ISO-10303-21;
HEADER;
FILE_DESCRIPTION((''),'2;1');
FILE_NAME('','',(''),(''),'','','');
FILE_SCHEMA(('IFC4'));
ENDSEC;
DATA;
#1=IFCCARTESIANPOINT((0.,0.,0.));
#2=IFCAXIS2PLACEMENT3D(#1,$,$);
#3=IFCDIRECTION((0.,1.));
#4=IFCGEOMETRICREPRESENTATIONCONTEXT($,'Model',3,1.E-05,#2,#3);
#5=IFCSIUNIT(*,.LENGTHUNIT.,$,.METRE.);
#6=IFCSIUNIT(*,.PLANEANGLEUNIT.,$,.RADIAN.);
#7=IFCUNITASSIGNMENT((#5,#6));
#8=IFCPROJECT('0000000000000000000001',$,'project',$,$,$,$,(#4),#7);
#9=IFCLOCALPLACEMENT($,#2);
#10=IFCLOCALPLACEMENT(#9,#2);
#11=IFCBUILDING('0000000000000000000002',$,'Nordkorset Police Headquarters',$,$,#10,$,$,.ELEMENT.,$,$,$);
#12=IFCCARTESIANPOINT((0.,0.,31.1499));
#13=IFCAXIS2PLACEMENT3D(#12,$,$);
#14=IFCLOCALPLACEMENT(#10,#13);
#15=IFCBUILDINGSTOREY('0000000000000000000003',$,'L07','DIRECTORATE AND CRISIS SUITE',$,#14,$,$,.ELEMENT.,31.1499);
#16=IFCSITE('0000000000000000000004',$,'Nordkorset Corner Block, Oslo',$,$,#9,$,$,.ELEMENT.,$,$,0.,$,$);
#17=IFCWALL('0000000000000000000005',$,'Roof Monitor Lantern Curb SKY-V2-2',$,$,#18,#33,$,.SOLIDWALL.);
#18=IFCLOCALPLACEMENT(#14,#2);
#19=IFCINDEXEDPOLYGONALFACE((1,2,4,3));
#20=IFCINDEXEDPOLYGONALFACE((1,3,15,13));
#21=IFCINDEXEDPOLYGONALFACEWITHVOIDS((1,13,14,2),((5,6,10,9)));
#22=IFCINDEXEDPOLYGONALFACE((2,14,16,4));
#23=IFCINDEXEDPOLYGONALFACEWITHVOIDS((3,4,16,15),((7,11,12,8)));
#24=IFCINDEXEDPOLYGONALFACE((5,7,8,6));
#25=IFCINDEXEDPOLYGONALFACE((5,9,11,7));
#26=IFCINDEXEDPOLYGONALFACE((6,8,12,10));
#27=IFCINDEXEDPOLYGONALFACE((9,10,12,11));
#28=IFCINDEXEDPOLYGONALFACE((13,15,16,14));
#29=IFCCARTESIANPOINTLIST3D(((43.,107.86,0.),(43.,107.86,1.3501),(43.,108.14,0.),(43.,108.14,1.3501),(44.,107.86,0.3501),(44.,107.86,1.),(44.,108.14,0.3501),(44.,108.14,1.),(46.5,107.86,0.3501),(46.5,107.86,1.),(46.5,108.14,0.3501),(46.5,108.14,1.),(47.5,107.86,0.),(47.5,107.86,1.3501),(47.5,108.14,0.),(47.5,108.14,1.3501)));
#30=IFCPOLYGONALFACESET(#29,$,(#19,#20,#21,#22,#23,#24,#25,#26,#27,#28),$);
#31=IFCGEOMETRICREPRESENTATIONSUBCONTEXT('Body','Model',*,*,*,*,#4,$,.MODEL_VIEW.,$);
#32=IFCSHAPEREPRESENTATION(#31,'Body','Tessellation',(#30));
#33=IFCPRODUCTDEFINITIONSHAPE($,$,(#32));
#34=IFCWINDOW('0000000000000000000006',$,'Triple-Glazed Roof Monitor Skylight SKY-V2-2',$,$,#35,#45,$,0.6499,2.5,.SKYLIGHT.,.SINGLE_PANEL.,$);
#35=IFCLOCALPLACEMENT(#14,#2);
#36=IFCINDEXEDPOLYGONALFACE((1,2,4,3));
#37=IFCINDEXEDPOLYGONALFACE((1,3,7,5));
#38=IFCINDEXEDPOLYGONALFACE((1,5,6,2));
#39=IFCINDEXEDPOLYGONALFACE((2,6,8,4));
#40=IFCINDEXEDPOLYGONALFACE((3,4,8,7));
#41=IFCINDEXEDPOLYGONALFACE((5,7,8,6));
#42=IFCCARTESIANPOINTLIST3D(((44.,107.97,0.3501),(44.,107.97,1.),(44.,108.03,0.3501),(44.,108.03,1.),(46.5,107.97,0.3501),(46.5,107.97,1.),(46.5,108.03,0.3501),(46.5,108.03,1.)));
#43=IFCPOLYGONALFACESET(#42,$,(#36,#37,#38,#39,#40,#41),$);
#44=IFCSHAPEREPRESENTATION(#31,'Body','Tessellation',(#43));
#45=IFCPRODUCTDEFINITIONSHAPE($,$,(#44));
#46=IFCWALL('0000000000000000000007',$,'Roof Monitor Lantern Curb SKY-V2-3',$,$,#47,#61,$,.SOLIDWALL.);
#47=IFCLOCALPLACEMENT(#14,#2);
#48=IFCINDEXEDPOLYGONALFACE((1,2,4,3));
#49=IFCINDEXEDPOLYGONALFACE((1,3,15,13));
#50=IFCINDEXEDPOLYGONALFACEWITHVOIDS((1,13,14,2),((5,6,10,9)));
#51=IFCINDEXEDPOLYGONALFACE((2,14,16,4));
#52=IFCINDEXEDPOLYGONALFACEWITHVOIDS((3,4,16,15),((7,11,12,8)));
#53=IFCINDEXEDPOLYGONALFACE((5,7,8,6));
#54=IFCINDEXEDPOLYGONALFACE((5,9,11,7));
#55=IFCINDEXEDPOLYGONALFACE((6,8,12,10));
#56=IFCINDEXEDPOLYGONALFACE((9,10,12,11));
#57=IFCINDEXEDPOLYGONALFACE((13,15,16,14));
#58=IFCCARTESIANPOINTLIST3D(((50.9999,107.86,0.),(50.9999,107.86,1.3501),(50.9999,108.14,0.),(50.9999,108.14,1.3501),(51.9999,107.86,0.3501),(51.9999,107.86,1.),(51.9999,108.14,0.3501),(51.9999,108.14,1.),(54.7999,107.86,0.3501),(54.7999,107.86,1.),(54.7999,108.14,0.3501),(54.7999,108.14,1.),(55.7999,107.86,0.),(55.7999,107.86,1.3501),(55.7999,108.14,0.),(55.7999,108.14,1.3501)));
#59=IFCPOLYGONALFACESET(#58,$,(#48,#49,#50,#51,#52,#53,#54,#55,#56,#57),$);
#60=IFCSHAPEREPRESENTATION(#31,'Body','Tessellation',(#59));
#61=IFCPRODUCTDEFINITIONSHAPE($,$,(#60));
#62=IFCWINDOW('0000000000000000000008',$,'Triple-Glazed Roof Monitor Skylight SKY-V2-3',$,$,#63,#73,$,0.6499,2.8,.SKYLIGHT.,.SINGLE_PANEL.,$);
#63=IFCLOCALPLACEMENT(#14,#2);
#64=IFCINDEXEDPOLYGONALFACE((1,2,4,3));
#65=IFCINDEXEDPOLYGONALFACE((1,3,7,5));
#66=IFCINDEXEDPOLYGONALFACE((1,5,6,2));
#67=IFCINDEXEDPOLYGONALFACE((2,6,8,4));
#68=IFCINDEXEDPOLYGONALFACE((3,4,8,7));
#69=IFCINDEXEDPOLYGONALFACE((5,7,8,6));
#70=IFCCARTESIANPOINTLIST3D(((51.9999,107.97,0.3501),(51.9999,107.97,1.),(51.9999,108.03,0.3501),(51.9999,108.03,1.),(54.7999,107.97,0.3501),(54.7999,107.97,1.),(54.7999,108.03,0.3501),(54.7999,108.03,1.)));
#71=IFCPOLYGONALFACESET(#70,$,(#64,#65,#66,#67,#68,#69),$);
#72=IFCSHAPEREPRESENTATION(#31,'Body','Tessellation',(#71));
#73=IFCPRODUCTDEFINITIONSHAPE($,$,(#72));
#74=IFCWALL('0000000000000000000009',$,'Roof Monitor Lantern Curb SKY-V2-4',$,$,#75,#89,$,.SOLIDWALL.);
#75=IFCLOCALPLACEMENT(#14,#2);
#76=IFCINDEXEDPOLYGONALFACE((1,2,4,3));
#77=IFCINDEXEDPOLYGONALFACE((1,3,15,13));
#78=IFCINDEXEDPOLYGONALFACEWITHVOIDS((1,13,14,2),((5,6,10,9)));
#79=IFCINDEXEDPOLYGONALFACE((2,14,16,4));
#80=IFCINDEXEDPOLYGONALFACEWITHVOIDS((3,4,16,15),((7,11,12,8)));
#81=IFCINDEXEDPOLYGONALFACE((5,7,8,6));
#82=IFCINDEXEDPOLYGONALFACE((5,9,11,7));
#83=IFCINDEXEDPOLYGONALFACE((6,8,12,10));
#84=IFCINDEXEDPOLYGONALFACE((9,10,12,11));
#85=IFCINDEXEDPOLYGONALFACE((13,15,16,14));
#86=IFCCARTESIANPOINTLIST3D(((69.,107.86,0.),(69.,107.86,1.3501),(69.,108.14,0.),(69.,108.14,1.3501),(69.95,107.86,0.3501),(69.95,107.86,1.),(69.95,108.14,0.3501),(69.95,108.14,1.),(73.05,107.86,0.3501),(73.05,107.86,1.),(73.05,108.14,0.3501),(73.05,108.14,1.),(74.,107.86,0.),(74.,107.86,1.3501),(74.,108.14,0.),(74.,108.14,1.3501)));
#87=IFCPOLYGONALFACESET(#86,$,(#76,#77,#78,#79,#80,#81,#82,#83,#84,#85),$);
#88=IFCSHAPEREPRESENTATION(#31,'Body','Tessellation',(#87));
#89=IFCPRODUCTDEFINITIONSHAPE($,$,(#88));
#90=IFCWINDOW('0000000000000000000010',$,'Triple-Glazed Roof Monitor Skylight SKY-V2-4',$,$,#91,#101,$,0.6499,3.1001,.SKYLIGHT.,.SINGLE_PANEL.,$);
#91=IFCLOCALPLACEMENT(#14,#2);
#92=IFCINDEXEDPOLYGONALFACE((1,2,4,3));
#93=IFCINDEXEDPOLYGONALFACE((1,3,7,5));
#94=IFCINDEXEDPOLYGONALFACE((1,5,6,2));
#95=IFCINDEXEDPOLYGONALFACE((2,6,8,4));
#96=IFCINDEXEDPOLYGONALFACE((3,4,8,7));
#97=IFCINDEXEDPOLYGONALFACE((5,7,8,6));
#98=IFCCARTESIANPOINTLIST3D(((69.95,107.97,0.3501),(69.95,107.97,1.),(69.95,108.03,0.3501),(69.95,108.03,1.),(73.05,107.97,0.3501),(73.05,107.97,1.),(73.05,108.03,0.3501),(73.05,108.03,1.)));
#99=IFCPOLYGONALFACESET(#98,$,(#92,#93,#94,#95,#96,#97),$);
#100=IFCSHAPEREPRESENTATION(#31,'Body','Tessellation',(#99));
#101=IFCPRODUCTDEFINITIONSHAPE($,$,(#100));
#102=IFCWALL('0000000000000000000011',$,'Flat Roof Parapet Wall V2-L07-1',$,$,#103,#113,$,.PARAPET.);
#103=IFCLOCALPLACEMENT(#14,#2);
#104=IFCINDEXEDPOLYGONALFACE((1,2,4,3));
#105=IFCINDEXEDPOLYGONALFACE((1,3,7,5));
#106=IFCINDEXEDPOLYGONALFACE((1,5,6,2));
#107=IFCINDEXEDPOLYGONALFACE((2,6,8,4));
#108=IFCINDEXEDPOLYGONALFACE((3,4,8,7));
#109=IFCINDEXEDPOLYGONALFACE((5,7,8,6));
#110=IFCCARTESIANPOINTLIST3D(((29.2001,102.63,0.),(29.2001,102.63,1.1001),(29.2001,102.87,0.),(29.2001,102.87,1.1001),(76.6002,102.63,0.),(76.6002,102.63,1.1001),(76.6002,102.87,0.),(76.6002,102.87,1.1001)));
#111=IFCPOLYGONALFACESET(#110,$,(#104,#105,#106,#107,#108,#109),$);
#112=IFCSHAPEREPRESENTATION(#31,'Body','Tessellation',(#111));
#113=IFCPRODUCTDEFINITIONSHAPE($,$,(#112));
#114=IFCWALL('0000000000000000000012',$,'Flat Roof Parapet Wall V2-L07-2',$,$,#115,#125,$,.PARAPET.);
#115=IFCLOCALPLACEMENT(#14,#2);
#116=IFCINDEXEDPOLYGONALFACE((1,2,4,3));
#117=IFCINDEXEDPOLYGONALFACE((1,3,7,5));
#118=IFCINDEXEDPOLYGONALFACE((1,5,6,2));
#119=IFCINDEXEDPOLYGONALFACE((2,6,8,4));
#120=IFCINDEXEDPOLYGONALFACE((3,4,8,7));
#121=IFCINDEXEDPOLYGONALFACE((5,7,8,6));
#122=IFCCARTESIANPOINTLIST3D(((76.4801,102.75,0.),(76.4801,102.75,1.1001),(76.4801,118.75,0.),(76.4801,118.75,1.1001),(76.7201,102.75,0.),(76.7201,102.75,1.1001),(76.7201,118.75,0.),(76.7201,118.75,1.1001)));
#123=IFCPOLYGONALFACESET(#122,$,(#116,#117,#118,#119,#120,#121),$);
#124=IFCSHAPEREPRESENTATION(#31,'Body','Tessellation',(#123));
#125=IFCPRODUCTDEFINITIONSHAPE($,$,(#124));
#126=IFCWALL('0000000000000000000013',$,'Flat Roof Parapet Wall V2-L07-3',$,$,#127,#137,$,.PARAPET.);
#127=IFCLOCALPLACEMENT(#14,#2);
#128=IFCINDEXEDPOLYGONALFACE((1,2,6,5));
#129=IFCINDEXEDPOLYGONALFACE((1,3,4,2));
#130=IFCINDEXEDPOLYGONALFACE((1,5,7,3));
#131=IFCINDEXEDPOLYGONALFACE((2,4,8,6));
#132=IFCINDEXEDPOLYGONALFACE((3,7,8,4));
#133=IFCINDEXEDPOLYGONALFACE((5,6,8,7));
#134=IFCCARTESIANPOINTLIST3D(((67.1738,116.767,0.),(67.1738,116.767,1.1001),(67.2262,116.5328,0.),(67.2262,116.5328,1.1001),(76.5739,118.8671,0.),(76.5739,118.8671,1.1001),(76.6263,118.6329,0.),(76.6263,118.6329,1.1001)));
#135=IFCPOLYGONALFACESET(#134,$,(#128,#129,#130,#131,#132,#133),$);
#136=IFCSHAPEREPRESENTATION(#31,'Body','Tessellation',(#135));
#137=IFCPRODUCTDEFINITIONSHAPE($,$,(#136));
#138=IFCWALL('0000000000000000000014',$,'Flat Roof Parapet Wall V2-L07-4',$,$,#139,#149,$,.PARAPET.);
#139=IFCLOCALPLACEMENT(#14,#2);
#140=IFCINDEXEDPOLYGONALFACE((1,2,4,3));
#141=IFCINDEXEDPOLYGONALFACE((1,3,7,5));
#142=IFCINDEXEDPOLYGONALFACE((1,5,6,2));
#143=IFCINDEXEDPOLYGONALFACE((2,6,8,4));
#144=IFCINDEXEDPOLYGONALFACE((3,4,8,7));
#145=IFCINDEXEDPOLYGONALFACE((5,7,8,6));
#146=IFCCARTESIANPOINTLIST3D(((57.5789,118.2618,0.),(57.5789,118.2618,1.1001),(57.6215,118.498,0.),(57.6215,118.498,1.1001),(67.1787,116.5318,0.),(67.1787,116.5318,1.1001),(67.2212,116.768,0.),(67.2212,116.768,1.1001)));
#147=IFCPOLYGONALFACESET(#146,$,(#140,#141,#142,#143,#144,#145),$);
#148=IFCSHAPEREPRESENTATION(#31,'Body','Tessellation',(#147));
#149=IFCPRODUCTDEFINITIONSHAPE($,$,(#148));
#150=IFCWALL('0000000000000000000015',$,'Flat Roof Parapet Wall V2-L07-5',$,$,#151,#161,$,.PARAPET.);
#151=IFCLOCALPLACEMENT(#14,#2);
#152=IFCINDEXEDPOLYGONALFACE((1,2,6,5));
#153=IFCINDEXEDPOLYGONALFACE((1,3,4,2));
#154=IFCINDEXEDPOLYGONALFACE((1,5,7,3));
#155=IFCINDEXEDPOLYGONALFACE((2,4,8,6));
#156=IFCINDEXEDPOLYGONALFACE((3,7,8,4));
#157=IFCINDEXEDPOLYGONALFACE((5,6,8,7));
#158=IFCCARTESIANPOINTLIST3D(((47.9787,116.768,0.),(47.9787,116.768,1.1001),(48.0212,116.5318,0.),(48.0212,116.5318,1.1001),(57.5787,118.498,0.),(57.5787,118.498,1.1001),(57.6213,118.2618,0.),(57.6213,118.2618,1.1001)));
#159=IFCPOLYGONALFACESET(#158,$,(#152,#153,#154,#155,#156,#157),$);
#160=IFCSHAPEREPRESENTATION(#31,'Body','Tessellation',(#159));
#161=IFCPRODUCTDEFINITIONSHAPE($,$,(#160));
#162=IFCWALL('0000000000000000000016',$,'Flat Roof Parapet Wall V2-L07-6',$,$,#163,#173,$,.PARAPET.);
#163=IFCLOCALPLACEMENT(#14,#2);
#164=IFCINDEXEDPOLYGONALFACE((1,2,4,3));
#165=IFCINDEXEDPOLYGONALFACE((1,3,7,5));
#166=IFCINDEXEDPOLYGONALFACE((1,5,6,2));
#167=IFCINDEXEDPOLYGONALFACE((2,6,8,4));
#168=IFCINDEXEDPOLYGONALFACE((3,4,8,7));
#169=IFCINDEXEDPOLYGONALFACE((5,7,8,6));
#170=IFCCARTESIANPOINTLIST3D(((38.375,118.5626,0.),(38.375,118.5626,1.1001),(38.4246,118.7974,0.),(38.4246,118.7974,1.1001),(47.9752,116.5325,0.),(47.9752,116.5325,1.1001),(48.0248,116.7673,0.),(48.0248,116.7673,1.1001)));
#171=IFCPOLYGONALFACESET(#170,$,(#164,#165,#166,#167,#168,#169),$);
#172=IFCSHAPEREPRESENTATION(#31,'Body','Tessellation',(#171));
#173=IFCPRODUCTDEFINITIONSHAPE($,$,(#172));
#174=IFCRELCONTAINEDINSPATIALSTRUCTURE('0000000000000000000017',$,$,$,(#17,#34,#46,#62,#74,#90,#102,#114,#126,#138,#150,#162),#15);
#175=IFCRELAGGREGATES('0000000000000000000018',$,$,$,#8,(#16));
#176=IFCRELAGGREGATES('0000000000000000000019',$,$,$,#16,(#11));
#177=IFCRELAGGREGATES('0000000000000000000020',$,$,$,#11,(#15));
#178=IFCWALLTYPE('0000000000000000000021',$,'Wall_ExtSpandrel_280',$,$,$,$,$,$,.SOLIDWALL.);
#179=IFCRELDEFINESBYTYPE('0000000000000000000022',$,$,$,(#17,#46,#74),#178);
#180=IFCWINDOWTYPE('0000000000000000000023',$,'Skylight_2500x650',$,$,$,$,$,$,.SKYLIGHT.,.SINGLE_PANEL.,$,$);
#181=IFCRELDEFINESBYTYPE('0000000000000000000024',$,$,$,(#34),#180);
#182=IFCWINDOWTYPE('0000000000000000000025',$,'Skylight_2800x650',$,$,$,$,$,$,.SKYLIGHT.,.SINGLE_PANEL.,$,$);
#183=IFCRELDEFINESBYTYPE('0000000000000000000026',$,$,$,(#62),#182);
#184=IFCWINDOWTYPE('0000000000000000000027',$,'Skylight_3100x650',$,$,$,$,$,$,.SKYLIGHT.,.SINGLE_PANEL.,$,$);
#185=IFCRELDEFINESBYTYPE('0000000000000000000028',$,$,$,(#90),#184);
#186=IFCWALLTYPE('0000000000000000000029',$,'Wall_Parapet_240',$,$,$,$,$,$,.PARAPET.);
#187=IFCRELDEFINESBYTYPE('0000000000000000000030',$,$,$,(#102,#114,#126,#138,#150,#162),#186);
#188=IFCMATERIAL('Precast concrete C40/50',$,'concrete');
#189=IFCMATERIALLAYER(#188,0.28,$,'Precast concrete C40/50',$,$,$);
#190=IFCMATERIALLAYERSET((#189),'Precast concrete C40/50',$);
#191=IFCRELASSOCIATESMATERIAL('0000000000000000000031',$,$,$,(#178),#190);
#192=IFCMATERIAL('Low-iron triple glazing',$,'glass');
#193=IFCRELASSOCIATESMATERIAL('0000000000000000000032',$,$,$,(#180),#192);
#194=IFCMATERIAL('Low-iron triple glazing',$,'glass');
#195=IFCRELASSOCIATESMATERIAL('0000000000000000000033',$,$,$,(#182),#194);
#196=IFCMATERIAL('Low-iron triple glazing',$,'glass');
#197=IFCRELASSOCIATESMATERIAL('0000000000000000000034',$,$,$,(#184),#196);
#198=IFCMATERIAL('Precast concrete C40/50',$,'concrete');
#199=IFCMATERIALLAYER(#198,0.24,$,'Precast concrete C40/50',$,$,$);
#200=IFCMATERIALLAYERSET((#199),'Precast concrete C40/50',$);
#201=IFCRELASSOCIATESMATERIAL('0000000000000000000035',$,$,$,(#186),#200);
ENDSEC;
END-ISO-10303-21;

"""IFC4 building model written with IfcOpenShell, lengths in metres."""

from ifc_helpers import new_model, si_unit, direction, frame, frame_2d, origin, place, context, subcontext, project, spatial, rectangle, extrude, material, layer, layer_set, type_object, element, fill, save


model = new_model("IFC4")

# Units and contexts
model_context = context("Model", 3, precision=1e-05, world=origin(), true_north=direction((0.0, 1.0)))
body_context = subcontext(model_context, "Body", "Model", "MODEL_VIEW")
ifc_project = project(units=[si_unit("LENGTHUNIT", "METRE"), si_unit("PLANEANGLEUNIT", "RADIAN")], contexts=[model_context])

# Site, building, storey
site_placement = place(None, origin())
site = spatial("IfcSite", under=ifc_project, at=site_placement, Name="Nordkorset Corner Block, Oslo", CompositionType="ELEMENT", RefElevation=0.0)
building_placement = place(site_placement, origin())
building = spatial("IfcBuilding", under=site, at=building_placement, Name="Nordkorset Police Headquarters", CompositionType="ELEMENT")
storey_placement = place(building_placement, frame((0.0, 0.0, 31.1499)))
storey = spatial("IfcBuildingStorey", under=building, at=storey_placement, Name="L07", Description="DIRECTORATE AND CRISIS SUITE", CompositionType="ELEMENT", Elevation=31.1499)

# Walls, openings, windows
ifc_material_1 = material(Name="Precast concrete C40/50", Category="concrete")
ifc_layer_1 = layer(ifc_material_1, 0.28, Name="Precast concrete C40/50")
ifc_layer_set_1 = layer_set([ifc_layer_1], Name="Precast concrete C40/50")
wall_type_1 = type_object("IfcWallType", Name="Wall_ExtSpandrel_280", PredefinedType="SOLIDWALL", material=ifc_layer_set_1)
wall_1_placement = place(storey_placement, frame((43.0, 108.0, 0.0), z_axis=(0.0, 0.0, 1.0), x_axis=(1.0, 0.0, 0.0)))
wall_1 = element("IfcWall", 1, at=wall_1_placement, inside=storey, type_object=wall_type_1, Name="Roof Monitor Lantern Curb SKY-V2-2", PredefinedType="SOLIDWALL", context=body_context, shape_type="SweptSolid", body=[
    extrude(rectangle(XDim=4.5, YDim=0.28, at=frame_2d((2.25, 0.0))), origin(), (0.0, 0.0, 1.0), 1.3501),
])
opening_1_placement = place(wall_1_placement, frame((1.0, 0.0, 0.3501)))
opening_1 = element("IfcOpeningElement", 2, at=opening_1_placement, cuts=wall_1, PredefinedType="OPENING", context=body_context, shape_type="SweptSolid", body=[
    extrude(rectangle(XDim=2.5, YDim=0.6499, at=frame_2d((1.25, 0.325))), frame((0.0, 0.1499, 0.0), z_axis=(0.0, -1.0, 0.0), x_axis=(1.0, 0.0, 0.0)), (0.0, 0.0, 1.0), 0.3),
])
ifc_material_2 = material(Name="Low-iron triple glazing", Category="glass")
window_type_1 = type_object("IfcWindowType", Name="Skylight_2500x650", PartitioningType="SINGLE_PANEL", PredefinedType="SKYLIGHT", material=ifc_material_2)
window_1_placement = place(opening_1_placement, origin())
window_1 = element("IfcWindow", 3, at=window_1_placement, inside=storey, type_object=window_type_1, Name="Triple-Glazed Roof Monitor Skylight SKY-V2-2", OverallHeight=0.6499, OverallWidth=2.5, PartitioningType="SINGLE_PANEL", PredefinedType="SKYLIGHT", context=body_context, shape_type="SweptSolid", body=[
    extrude(rectangle(XDim=2.5, YDim=0.6499, at=frame_2d((1.25, 0.325))), frame((0.0, 0.03, 0.0), z_axis=(0.0, -1.0, 0.0), x_axis=(1.0, 0.0, 0.0)), (0.0, 0.0, 1.0), 0.0601),
])
fill(opening_1, window_1)
wall_2_placement = place(storey_placement, frame((51.0, 108.0, 0.0), z_axis=(0.0, 0.0, 1.0), x_axis=(1.0, 0.0, 0.0)))
wall_2 = element("IfcWall", 4, at=wall_2_placement, inside=storey, type_object=wall_type_1, Name="Roof Monitor Lantern Curb SKY-V2-3", PredefinedType="SOLIDWALL", context=body_context, shape_type="SweptSolid", body=[
    extrude(rectangle(XDim=4.8, YDim=0.28, at=frame_2d((2.3999, 0.0))), origin(), (0.0, 0.0, 1.0), 1.3501),
])
opening_2_placement = place(wall_2_placement, frame((1.0, 0.0, 0.3501)))
opening_2 = element("IfcOpeningElement", 5, at=opening_2_placement, cuts=wall_2, PredefinedType="OPENING", context=body_context, shape_type="SweptSolid", body=[
    extrude(rectangle(XDim=2.8, YDim=0.6499, at=frame_2d((1.3999, 0.325))), frame((0.0, 0.1499, 0.0), z_axis=(0.0, -1.0, 0.0), x_axis=(1.0, 0.0, 0.0)), (0.0, 0.0, 1.0), 0.3),
])
ifc_material_3 = material(Name="Low-iron triple glazing", Category="glass")
window_type_2 = type_object("IfcWindowType", Name="Skylight_2800x650", PartitioningType="SINGLE_PANEL", PredefinedType="SKYLIGHT", material=ifc_material_3)
window_2_placement = place(opening_2_placement, origin())
window_2 = element("IfcWindow", 6, at=window_2_placement, inside=storey, type_object=window_type_2, Name="Triple-Glazed Roof Monitor Skylight SKY-V2-3", OverallHeight=0.6499, OverallWidth=2.8, PartitioningType="SINGLE_PANEL", PredefinedType="SKYLIGHT", context=body_context, shape_type="SweptSolid", body=[
    extrude(rectangle(XDim=2.8, YDim=0.6499, at=frame_2d((1.3999, 0.325))), frame((0.0, 0.03, 0.0), z_axis=(0.0, -1.0, 0.0), x_axis=(1.0, 0.0, 0.0)), (0.0, 0.0, 1.0), 0.0601),
])
fill(opening_2, window_2)
wall_3_placement = place(storey_placement, frame((69.0, 108.0, 0.0), z_axis=(0.0, 0.0, 1.0), x_axis=(1.0, 0.0, 0.0)))
wall_3 = element("IfcWall", 7, at=wall_3_placement, inside=storey, type_object=wall_type_1, Name="Roof Monitor Lantern Curb SKY-V2-4", PredefinedType="SOLIDWALL", context=body_context, shape_type="SweptSolid", body=[
    extrude(rectangle(XDim=5.0, YDim=0.28, at=frame_2d((2.5, 0.0))), origin(), (0.0, 0.0, 1.0), 1.3501),
])
opening_3_placement = place(wall_3_placement, frame((0.95, 0.0, 0.3501)))
opening_3 = element("IfcOpeningElement", 8, at=opening_3_placement, cuts=wall_3, PredefinedType="OPENING", context=body_context, shape_type="SweptSolid", body=[
    extrude(rectangle(XDim=3.1001, YDim=0.6499, at=frame_2d((1.55, 0.325))), frame((0.0, 0.1499, 0.0), z_axis=(0.0, -1.0, 0.0), x_axis=(1.0, 0.0, 0.0)), (0.0, 0.0, 1.0), 0.3),
])
ifc_material_4 = material(Name="Low-iron triple glazing", Category="glass")
window_type_3 = type_object("IfcWindowType", Name="Skylight_3100x650", PartitioningType="SINGLE_PANEL", PredefinedType="SKYLIGHT", material=ifc_material_4)
window_3_placement = place(opening_3_placement, origin())
window_3 = element("IfcWindow", 9, at=window_3_placement, inside=storey, type_object=window_type_3, Name="Triple-Glazed Roof Monitor Skylight SKY-V2-4", OverallHeight=0.6499, OverallWidth=3.1001, PartitioningType="SINGLE_PANEL", PredefinedType="SKYLIGHT", context=body_context, shape_type="SweptSolid", body=[
    extrude(rectangle(XDim=3.1001, YDim=0.6499, at=frame_2d((1.55, 0.325))), frame((0.0, 0.03, 0.0), z_axis=(0.0, -1.0, 0.0), x_axis=(1.0, 0.0, 0.0)), (0.0, 0.0, 1.0), 0.0601),
])
fill(opening_3, window_3)

# Walls
ifc_material_5 = material(Name="Precast concrete C40/50", Category="concrete")
ifc_layer_2 = layer(ifc_material_5, 0.24, Name="Precast concrete C40/50")
ifc_layer_set_2 = layer_set([ifc_layer_2], Name="Precast concrete C40/50")
wall_type_2 = type_object("IfcWallType", Name="Wall_Parapet_240", PredefinedType="PARAPET", material=ifc_layer_set_2)
wall_4_placement = place(storey_placement, frame((29.2, 102.75, 0.0), z_axis=(0.0, 0.0, 1.0), x_axis=(1.0, 0.0, 0.0)))
element("IfcWall", 10, at=wall_4_placement, inside=storey, type_object=wall_type_2, Name="Flat Roof Parapet Wall V2-L07-1", PredefinedType="PARAPET", context=body_context, shape_type="SweptSolid", body=[
    extrude(rectangle(XDim=47.4001, YDim=0.24, at=frame_2d((23.7002, 0.0))), origin(), (0.0, 0.0, 1.0), 1.1001),
])
wall_5_placement = place(storey_placement, frame((76.6001, 102.75, 0.0), z_axis=(0.0, 0.0, 1.0), x_axis=(0.0, 1.0, 0.0)))
element("IfcWall", 11, at=wall_5_placement, inside=storey, type_object=wall_type_2, Name="Flat Roof Parapet Wall V2-L07-2", PredefinedType="PARAPET", context=body_context, shape_type="SweptSolid", body=[
    extrude(rectangle(XDim=16.0, YDim=0.24, at=frame_2d((8.0, 0.0))), origin(), (0.0, 0.0, 1.0), 1.1001),
])
wall_6_placement = place(storey_placement, frame((76.6001, 118.75, 0.0), z_axis=(0.0, 0.0, 1.0), x_axis=(-0.975941, -0.218036, 0.0)))
element("IfcWall", 12, at=wall_6_placement, inside=storey, type_object=wall_type_2, Name="Flat Roof Parapet Wall V2-L07-3", PredefinedType="PARAPET", context=body_context, shape_type="SweptSolid", body=[
    extrude(rectangle(XDim=9.6318, YDim=0.24, at=frame_2d((4.8159, 0.0))), origin(), (0.0, 0.0, 1.0), 1.1001),
])
wall_7_placement = place(storey_placement, frame((67.2, 116.6499, 0.0), z_axis=(0.0, 0.0, 1.0), x_axis=(-0.984147, 0.177352, 0.0)))
element("IfcWall", 13, at=wall_7_placement, inside=storey, type_object=wall_type_2, Name="Flat Roof Parapet Wall V2-L07-4", PredefinedType="PARAPET", context=body_context, shape_type="SweptSolid", body=[
    extrude(rectangle(XDim=9.7544, YDim=0.24, at=frame_2d((4.8772, 0.0))), origin(), (0.0, 0.0, 1.0), 1.1001),
])
wall_8_placement = place(storey_placement, frame((57.6001, 118.3799, 0.0), z_axis=(0.0, 0.0, 1.0), x_axis=(-0.984148, -0.177348, 0.0)))
element("IfcWall", 14, at=wall_8_placement, inside=storey, type_object=wall_type_2, Name="Flat Roof Parapet Wall V2-L07-5", PredefinedType="PARAPET", context=body_context, shape_type="SweptSolid", body=[
    extrude(rectangle(XDim=9.7546, YDim=0.24, at=frame_2d((4.8774, 0.0))), origin(), (0.0, 0.0, 1.0), 1.1001),
])
wall_9_placement = place(storey_placement, frame((48.0, 116.6499, 0.0), z_axis=(0.0, 0.0, 1.0), x_axis=(-0.978365, 0.206884, 0.0)))
element("IfcWall", 15, at=wall_9_placement, inside=storey, type_object=wall_type_2, Name="Flat Roof Parapet Wall V2-L07-6", PredefinedType="PARAPET", context=body_context, shape_type="SweptSolid", body=[
    extrude(rectangle(XDim=9.8125, YDim=0.24, at=frame_2d((4.9062, 0.0))), origin(), (0.0, 0.0, 1.0), 1.1001),
])

save(model, "model.ifc")
